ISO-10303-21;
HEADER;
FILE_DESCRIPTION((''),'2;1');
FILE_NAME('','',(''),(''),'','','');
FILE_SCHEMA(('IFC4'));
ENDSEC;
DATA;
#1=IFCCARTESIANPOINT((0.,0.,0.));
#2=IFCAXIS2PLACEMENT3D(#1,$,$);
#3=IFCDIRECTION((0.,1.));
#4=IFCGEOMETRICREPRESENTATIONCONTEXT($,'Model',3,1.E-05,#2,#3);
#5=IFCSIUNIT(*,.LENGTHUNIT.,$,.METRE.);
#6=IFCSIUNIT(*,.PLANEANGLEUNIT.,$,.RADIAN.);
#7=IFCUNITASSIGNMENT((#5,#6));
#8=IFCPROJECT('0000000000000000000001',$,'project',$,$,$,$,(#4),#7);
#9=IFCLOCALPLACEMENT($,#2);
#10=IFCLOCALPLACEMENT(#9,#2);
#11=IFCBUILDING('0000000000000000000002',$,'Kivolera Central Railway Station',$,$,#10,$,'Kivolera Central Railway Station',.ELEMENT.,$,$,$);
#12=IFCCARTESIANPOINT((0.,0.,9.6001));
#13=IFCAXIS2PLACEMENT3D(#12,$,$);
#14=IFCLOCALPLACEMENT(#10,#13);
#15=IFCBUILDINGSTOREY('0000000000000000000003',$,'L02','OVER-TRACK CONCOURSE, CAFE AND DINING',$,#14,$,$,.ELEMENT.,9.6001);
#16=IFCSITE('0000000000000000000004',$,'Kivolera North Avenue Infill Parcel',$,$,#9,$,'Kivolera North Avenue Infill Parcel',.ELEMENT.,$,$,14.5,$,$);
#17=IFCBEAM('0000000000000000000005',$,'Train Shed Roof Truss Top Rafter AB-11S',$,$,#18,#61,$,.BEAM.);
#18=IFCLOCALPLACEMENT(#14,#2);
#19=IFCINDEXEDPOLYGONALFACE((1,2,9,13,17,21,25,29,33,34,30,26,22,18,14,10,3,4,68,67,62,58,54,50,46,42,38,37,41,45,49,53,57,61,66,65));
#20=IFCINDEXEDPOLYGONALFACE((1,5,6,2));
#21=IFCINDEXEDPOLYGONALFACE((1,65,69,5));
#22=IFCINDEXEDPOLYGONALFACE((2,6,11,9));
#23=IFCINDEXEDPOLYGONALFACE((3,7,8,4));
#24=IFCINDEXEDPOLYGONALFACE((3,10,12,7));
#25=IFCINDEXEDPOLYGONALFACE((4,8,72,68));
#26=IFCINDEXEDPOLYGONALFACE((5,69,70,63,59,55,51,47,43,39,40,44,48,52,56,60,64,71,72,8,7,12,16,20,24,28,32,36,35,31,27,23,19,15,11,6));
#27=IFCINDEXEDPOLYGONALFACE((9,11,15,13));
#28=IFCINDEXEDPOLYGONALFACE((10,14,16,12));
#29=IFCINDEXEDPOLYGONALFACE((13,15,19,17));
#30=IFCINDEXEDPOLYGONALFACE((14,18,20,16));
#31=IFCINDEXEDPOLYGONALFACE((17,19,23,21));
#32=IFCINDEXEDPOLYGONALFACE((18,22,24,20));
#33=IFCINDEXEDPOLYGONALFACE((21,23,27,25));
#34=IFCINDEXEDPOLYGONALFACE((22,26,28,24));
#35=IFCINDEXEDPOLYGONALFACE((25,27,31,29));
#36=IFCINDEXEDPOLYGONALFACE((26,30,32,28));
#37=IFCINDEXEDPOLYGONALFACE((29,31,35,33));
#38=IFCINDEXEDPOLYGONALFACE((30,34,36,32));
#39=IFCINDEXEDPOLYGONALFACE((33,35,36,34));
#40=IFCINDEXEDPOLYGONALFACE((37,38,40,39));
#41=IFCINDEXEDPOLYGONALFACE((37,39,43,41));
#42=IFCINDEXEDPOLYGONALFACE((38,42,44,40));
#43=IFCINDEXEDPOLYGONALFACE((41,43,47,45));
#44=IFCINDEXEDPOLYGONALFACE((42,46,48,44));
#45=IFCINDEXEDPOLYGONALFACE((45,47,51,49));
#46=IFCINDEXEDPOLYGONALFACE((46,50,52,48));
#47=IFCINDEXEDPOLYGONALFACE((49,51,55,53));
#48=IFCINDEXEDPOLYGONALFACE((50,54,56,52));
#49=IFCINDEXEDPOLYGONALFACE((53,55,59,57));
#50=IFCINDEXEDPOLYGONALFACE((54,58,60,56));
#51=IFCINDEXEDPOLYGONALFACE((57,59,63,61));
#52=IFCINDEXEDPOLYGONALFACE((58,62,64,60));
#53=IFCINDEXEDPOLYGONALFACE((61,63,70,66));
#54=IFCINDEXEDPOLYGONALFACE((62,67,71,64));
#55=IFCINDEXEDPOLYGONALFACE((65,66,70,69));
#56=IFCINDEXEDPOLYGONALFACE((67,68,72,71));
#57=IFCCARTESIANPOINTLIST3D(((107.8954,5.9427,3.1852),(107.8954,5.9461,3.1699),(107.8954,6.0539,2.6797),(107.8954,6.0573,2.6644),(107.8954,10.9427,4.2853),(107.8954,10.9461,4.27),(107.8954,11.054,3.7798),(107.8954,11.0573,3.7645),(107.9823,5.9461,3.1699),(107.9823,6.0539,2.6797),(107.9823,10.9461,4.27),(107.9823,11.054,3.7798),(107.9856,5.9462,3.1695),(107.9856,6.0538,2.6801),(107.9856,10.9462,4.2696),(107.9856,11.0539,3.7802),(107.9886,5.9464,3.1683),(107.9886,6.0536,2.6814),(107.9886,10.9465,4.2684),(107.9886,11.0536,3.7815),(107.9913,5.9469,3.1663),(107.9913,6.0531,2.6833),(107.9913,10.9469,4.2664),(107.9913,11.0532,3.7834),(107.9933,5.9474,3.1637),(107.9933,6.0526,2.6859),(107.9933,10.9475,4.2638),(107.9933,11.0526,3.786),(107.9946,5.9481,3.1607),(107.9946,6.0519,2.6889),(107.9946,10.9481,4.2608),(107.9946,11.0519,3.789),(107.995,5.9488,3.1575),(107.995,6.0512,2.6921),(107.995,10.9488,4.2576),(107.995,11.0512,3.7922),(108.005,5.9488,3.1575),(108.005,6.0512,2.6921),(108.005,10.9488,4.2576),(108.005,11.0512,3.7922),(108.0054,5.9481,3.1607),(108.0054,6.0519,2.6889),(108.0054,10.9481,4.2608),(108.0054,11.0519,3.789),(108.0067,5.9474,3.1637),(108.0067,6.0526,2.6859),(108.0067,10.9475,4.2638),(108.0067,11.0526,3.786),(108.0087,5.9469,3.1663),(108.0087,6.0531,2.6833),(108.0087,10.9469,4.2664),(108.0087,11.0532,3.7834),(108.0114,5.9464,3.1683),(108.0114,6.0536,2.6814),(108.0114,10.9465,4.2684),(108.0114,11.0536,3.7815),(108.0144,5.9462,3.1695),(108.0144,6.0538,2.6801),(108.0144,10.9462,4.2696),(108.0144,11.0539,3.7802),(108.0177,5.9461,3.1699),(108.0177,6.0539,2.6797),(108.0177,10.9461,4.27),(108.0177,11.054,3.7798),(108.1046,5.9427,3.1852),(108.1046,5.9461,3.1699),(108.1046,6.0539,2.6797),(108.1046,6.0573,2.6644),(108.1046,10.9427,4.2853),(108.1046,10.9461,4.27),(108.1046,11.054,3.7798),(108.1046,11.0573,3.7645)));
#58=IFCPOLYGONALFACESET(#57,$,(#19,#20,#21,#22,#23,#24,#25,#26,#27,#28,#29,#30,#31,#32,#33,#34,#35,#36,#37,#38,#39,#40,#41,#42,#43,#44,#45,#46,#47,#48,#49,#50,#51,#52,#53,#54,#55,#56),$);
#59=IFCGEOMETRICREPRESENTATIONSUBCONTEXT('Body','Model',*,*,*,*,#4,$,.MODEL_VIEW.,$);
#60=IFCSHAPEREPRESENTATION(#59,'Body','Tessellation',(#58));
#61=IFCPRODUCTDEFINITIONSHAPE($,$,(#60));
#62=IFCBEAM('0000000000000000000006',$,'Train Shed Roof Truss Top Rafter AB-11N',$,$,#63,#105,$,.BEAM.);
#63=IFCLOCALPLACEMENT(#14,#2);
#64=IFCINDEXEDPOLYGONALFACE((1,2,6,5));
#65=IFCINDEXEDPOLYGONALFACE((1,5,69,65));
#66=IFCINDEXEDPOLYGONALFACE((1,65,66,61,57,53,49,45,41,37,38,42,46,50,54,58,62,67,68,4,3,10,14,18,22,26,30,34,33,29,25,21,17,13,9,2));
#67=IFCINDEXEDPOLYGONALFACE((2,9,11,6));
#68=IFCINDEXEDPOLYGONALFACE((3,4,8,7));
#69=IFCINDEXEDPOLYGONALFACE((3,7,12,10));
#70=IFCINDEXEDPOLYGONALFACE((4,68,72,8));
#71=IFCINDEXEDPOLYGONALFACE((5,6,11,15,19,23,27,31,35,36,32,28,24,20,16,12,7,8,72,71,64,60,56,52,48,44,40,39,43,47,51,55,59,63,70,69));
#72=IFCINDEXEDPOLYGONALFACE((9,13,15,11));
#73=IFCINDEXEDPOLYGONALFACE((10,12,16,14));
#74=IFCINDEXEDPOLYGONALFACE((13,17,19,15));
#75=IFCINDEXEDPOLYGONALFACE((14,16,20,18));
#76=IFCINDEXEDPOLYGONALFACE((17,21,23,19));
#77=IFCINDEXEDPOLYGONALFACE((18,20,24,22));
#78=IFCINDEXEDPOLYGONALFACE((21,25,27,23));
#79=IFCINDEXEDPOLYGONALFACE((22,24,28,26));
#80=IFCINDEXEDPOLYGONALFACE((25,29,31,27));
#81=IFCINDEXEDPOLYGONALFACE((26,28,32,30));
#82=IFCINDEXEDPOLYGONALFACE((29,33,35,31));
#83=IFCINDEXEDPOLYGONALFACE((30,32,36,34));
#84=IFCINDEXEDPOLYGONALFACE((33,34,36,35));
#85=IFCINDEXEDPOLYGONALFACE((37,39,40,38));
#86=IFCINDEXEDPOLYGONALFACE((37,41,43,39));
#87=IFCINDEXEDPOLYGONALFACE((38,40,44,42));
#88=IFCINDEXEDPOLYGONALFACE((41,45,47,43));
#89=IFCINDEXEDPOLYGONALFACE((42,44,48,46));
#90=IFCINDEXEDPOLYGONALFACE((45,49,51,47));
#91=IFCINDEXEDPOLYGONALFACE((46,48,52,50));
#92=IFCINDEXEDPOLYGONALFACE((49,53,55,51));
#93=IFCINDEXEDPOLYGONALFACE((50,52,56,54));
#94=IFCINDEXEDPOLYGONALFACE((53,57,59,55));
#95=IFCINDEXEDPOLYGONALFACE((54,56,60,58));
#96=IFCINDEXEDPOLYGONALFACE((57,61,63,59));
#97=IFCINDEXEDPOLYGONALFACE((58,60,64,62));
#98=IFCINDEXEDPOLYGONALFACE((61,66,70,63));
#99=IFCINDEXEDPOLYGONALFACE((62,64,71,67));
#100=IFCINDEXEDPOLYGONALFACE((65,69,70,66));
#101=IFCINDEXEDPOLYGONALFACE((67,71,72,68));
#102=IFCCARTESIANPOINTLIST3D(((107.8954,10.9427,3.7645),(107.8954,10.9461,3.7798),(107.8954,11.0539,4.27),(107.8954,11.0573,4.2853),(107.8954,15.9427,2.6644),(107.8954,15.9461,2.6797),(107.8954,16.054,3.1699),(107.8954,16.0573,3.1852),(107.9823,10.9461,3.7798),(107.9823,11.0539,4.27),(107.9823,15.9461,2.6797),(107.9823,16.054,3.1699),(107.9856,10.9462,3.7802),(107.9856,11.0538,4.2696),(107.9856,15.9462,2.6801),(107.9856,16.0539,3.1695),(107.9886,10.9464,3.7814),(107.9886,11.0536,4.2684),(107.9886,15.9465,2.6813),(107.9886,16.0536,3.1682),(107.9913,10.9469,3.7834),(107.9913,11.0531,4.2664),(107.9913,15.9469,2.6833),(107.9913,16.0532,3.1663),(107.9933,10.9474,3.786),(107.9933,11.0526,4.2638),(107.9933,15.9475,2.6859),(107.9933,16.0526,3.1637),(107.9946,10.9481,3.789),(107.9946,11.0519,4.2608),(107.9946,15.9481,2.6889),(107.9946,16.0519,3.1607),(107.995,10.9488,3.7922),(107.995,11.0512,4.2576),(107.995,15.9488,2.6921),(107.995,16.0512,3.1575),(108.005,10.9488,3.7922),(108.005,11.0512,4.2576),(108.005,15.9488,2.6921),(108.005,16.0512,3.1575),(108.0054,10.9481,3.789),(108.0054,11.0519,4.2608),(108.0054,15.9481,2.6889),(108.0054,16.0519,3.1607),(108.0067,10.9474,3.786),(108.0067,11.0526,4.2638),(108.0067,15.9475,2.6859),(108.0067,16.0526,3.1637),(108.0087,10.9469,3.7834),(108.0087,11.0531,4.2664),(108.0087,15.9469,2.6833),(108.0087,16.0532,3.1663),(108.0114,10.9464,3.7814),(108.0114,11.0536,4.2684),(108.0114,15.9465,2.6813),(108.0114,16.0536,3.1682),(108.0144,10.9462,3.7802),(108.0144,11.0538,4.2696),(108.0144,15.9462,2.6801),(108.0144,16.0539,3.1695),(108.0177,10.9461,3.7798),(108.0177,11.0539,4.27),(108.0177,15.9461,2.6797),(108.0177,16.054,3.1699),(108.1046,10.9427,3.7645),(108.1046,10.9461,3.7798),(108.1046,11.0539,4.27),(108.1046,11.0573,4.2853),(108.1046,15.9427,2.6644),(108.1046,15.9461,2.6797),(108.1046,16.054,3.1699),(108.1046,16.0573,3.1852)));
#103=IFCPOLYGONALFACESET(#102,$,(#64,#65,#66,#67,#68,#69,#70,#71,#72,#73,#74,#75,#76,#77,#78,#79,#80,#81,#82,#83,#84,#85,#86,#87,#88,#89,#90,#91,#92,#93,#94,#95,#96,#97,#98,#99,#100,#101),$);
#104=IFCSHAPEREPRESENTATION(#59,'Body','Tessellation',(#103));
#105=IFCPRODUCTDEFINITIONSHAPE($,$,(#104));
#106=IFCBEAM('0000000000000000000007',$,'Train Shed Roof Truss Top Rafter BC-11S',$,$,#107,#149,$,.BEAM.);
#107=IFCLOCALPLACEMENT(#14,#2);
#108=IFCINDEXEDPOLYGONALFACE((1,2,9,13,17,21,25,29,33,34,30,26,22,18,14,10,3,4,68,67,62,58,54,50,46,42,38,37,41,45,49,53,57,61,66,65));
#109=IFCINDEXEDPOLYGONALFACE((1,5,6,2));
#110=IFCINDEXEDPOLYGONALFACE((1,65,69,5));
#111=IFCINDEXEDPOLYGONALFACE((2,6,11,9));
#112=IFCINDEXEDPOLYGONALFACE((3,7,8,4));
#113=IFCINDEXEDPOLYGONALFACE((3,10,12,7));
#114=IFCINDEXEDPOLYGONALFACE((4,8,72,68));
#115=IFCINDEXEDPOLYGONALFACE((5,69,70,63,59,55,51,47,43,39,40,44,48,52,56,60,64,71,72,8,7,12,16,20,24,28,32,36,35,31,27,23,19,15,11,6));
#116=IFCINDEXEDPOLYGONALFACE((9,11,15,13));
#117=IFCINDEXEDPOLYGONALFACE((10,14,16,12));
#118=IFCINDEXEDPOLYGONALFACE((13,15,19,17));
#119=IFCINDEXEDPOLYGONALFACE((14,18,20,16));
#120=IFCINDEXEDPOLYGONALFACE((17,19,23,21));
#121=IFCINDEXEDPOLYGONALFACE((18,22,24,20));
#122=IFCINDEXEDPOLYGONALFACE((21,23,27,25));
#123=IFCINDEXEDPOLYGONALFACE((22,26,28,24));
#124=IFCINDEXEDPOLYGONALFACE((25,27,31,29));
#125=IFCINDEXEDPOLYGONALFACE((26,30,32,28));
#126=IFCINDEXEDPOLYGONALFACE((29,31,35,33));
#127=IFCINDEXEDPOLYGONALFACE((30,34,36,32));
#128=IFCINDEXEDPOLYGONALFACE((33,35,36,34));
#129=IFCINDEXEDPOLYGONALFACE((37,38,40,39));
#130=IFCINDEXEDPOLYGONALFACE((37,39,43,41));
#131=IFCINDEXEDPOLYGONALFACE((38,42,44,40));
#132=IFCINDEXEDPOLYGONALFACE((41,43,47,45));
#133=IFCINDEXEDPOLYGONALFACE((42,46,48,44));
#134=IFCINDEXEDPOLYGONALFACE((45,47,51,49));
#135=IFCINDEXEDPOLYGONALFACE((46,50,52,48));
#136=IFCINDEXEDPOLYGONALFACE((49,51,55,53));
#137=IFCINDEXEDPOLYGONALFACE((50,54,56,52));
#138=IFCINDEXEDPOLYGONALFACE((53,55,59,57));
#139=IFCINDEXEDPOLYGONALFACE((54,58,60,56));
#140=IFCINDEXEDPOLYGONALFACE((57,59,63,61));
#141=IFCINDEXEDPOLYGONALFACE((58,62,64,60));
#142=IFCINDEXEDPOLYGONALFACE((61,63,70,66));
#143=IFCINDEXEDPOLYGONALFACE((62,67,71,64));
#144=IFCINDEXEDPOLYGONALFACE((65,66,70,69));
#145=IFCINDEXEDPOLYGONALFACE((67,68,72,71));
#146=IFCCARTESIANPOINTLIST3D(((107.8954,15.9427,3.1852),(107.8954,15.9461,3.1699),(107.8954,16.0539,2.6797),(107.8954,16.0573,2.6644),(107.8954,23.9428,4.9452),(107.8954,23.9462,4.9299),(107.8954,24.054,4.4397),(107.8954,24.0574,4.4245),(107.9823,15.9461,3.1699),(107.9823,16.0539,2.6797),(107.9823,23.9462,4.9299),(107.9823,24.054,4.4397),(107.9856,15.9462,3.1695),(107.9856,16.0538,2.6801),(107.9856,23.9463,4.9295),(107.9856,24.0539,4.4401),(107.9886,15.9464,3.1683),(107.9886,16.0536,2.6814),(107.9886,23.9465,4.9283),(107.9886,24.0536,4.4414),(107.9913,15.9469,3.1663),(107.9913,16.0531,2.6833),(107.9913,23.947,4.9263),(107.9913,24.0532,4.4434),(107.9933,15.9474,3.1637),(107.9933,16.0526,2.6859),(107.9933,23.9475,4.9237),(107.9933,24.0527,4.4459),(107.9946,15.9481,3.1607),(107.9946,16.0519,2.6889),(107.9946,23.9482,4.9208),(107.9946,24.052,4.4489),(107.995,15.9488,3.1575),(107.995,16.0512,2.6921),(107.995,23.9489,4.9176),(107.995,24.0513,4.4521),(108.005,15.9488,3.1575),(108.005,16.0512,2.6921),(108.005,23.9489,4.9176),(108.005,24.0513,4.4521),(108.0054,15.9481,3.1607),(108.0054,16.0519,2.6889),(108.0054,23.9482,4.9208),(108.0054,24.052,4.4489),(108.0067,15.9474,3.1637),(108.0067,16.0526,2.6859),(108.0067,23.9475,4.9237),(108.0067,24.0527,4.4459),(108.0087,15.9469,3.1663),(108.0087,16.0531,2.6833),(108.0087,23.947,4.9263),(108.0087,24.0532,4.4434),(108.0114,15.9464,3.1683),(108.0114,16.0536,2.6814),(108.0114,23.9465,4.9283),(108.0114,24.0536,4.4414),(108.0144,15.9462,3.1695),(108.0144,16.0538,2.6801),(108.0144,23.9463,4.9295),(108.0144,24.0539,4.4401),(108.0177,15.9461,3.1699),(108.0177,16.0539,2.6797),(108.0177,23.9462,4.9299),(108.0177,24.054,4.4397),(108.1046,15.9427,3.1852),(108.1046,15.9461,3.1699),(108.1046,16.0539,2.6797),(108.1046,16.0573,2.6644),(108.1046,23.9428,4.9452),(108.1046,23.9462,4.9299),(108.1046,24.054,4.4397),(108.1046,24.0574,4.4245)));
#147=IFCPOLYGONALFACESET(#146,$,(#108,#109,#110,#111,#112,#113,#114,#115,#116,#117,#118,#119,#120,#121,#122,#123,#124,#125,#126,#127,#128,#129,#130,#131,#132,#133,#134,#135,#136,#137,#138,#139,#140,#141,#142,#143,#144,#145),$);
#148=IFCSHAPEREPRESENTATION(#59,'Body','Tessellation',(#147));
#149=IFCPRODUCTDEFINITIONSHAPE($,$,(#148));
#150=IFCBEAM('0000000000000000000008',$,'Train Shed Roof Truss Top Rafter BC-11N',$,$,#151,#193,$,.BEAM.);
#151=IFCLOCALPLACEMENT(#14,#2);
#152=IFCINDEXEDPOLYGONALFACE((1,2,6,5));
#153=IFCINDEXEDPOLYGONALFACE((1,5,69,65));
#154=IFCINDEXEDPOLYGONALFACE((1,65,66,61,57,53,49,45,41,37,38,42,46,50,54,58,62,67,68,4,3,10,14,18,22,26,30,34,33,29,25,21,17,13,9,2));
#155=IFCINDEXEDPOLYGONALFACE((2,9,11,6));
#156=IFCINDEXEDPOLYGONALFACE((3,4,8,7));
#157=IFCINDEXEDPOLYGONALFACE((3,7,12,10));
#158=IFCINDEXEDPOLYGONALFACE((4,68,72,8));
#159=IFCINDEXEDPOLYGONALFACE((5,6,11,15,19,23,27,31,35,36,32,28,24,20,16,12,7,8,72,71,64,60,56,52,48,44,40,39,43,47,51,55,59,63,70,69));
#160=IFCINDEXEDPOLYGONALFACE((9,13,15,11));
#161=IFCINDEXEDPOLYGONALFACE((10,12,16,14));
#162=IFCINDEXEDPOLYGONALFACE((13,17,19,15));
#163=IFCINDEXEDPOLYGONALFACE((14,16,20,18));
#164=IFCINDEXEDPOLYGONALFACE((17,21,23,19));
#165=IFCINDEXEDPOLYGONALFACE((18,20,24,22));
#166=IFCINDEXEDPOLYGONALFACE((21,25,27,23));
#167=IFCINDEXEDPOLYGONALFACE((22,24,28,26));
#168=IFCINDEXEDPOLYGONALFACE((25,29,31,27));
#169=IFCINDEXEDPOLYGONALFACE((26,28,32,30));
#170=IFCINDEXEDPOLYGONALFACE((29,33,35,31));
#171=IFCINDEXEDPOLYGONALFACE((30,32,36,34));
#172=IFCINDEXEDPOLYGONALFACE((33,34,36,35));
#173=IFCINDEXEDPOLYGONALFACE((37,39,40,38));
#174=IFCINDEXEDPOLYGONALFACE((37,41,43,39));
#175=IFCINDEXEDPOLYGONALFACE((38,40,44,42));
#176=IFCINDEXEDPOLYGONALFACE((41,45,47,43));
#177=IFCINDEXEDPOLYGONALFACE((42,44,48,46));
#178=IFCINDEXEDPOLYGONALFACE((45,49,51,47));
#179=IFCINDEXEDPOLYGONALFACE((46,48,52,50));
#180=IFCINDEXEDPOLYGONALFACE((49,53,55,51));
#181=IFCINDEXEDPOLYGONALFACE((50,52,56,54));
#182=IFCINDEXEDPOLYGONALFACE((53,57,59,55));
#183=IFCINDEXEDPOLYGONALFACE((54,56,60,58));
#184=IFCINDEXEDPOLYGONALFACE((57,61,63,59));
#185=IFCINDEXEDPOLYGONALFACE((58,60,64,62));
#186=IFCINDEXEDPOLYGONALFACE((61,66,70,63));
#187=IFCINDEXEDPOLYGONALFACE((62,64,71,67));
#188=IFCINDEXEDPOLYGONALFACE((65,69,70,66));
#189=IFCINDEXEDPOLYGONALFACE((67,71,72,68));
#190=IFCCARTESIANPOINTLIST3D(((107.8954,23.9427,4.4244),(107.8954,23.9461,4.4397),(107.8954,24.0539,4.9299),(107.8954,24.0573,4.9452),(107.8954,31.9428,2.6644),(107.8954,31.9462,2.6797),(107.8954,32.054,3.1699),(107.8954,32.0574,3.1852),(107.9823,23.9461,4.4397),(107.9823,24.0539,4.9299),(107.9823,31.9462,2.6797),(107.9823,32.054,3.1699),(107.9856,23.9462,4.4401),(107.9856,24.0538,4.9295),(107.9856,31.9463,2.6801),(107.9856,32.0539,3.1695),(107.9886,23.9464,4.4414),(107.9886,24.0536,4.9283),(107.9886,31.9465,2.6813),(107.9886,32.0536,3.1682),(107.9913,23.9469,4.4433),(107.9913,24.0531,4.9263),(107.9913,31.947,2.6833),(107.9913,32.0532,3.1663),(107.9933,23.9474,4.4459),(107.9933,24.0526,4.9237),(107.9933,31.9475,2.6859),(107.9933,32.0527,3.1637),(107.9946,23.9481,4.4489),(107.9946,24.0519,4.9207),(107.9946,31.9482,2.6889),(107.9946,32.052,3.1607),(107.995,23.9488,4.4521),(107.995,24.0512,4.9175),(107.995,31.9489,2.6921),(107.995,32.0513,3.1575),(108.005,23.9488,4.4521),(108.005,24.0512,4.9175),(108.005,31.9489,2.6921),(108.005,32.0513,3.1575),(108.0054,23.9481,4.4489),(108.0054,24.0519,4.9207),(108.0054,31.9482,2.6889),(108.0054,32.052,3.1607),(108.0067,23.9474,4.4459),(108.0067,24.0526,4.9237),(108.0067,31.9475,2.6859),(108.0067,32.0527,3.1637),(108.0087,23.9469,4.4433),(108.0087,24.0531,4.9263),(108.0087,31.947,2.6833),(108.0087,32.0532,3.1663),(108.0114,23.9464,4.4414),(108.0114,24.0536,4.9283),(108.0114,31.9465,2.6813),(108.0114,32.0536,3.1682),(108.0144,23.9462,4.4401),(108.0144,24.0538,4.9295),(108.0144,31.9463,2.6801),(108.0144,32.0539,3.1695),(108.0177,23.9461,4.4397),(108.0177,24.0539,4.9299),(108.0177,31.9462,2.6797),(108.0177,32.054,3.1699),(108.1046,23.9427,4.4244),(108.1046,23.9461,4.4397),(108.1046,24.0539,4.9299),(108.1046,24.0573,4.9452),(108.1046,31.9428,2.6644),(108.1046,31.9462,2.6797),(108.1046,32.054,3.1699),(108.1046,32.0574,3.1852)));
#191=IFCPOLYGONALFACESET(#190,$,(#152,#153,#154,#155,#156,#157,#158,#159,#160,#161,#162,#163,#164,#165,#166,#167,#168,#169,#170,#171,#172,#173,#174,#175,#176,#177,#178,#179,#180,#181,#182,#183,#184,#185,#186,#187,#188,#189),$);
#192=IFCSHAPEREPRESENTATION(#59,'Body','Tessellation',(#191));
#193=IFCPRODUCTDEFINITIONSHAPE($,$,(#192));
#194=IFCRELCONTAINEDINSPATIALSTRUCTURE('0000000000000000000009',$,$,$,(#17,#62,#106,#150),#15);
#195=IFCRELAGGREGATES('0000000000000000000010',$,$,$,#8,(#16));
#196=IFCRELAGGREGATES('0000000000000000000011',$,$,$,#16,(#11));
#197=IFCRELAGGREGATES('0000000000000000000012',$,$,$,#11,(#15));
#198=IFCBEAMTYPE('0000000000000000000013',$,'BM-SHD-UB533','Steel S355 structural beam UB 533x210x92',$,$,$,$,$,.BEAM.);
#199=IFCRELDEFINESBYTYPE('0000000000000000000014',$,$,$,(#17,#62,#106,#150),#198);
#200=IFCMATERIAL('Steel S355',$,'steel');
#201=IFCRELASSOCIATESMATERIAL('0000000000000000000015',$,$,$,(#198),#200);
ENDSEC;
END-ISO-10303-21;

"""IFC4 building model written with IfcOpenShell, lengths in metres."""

from ifc_helpers import new_model, si_unit, direction, frame, origin, origin_2d, place, context, subcontext, project, spatial, i_section, extrude, material, material_profile, profile_set, type_object, element, save


model = new_model("IFC4")

# Units and contexts
model_context = context("Model", 3, precision=1e-05, world=origin(), true_north=direction((0.0, 1.0)))
body_context = subcontext(model_context, "Body", "Model", "MODEL_VIEW")
ifc_project = project(units=[si_unit("LENGTHUNIT", "METRE"), si_unit("PLANEANGLEUNIT", "RADIAN")], contexts=[model_context])

# Site, building, storey
site_placement = place(None, origin())
site = spatial("IfcSite", under=ifc_project, at=site_placement, Name="Kivolera North Avenue Infill Parcel", LongName="Kivolera North Avenue Infill Parcel", CompositionType="ELEMENT", RefElevation=14.5)
building_placement = place(site_placement, origin())
building = spatial("IfcBuilding", under=site, at=building_placement, Name="Kivolera Central Railway Station", LongName="Kivolera Central Railway Station", CompositionType="ELEMENT")
storey_placement = place(building_placement, frame((0.0, 0.0, 9.6001)))
storey = spatial("IfcBuildingStorey", under=building, at=storey_placement, Name="L02", Description="OVER-TRACK CONCOURSE, CAFE AND DINING", CompositionType="ELEMENT", Elevation=9.6001)

# Shared definitions
ifc_material_1 = material(Name="Steel S355", Category="steel")

# Beams
ifc_material_profile_1 = material_profile(ifc_material_1, i_section(OverallWidth=0.2092, OverallDepth=0.5332, WebThickness=0.01, FlangeThickness=0.0156, FilletRadius=0.0127, at=origin_2d()), Name="UB 533x210x92")
ifc_profile_set_1 = profile_set([ifc_material_profile_1], Name="Steel S355")
beam_type_1 = type_object("IfcBeamType", Name="BM-SHD-UB533", Description="Steel S355 structural beam UB 533x210x92", PredefinedType="BEAM", material=ifc_profile_set_1)
for number, where, z_axis, x_axis, name in (
    (1, (108.0, 6.0, 2.9248), (0.0, 0.97664, 0.21488), (-1.0, 0.0, 0.0), "Train Shed Roof Truss Top Rafter AB-11S"),
    (2, (108.0, 11.0, 4.0249), (0.0, 0.97664, -0.21488), (-1.0, 0.0, 0.0), "Train Shed Roof Truss Top Rafter AB-11N"),
):
    element("IfcBeam", number, at=place(storey_placement, frame(where, z_axis=z_axis, x_axis=x_axis)), inside=storey, type_object=beam_type_1, Name=name, PredefinedType="BEAM", context=body_context, shape_type="SweptSolid", body=[
        extrude(i_section(OverallWidth=0.2092, OverallDepth=0.5332, WebThickness=0.01, FlangeThickness=0.0156, FilletRadius=0.0127, at=origin_2d()), origin(), (0.0, 0.0, 1.0), 5.1196),
    ])
for number, where, z_axis, x_axis, name in (
    (3, (108.0, 16.0, 2.9248), (0.0, 0.976644, 0.214863), (-1.0, 0.0, 0.0), "Train Shed Roof Truss Top Rafter BC-11S"),
    (4, (108.0, 24.0, 4.6848), (0.0, 0.976644, -0.214863), (-1.0, 0.0, 0.0), "Train Shed Roof Truss Top Rafter BC-11N"),
):
    element("IfcBeam", number, at=place(storey_placement, frame(where, z_axis=z_axis, x_axis=x_axis)), inside=storey, type_object=beam_type_1, Name=name, PredefinedType="BEAM", context=body_context, shape_type="SweptSolid", body=[
        extrude(i_section(OverallWidth=0.2092, OverallDepth=0.5332, WebThickness=0.01, FlangeThickness=0.0156, FilletRadius=0.0127, at=origin_2d()), origin(), (0.0, 0.0, 1.0), 8.1914),
    ])

save(model, "model.ifc")
